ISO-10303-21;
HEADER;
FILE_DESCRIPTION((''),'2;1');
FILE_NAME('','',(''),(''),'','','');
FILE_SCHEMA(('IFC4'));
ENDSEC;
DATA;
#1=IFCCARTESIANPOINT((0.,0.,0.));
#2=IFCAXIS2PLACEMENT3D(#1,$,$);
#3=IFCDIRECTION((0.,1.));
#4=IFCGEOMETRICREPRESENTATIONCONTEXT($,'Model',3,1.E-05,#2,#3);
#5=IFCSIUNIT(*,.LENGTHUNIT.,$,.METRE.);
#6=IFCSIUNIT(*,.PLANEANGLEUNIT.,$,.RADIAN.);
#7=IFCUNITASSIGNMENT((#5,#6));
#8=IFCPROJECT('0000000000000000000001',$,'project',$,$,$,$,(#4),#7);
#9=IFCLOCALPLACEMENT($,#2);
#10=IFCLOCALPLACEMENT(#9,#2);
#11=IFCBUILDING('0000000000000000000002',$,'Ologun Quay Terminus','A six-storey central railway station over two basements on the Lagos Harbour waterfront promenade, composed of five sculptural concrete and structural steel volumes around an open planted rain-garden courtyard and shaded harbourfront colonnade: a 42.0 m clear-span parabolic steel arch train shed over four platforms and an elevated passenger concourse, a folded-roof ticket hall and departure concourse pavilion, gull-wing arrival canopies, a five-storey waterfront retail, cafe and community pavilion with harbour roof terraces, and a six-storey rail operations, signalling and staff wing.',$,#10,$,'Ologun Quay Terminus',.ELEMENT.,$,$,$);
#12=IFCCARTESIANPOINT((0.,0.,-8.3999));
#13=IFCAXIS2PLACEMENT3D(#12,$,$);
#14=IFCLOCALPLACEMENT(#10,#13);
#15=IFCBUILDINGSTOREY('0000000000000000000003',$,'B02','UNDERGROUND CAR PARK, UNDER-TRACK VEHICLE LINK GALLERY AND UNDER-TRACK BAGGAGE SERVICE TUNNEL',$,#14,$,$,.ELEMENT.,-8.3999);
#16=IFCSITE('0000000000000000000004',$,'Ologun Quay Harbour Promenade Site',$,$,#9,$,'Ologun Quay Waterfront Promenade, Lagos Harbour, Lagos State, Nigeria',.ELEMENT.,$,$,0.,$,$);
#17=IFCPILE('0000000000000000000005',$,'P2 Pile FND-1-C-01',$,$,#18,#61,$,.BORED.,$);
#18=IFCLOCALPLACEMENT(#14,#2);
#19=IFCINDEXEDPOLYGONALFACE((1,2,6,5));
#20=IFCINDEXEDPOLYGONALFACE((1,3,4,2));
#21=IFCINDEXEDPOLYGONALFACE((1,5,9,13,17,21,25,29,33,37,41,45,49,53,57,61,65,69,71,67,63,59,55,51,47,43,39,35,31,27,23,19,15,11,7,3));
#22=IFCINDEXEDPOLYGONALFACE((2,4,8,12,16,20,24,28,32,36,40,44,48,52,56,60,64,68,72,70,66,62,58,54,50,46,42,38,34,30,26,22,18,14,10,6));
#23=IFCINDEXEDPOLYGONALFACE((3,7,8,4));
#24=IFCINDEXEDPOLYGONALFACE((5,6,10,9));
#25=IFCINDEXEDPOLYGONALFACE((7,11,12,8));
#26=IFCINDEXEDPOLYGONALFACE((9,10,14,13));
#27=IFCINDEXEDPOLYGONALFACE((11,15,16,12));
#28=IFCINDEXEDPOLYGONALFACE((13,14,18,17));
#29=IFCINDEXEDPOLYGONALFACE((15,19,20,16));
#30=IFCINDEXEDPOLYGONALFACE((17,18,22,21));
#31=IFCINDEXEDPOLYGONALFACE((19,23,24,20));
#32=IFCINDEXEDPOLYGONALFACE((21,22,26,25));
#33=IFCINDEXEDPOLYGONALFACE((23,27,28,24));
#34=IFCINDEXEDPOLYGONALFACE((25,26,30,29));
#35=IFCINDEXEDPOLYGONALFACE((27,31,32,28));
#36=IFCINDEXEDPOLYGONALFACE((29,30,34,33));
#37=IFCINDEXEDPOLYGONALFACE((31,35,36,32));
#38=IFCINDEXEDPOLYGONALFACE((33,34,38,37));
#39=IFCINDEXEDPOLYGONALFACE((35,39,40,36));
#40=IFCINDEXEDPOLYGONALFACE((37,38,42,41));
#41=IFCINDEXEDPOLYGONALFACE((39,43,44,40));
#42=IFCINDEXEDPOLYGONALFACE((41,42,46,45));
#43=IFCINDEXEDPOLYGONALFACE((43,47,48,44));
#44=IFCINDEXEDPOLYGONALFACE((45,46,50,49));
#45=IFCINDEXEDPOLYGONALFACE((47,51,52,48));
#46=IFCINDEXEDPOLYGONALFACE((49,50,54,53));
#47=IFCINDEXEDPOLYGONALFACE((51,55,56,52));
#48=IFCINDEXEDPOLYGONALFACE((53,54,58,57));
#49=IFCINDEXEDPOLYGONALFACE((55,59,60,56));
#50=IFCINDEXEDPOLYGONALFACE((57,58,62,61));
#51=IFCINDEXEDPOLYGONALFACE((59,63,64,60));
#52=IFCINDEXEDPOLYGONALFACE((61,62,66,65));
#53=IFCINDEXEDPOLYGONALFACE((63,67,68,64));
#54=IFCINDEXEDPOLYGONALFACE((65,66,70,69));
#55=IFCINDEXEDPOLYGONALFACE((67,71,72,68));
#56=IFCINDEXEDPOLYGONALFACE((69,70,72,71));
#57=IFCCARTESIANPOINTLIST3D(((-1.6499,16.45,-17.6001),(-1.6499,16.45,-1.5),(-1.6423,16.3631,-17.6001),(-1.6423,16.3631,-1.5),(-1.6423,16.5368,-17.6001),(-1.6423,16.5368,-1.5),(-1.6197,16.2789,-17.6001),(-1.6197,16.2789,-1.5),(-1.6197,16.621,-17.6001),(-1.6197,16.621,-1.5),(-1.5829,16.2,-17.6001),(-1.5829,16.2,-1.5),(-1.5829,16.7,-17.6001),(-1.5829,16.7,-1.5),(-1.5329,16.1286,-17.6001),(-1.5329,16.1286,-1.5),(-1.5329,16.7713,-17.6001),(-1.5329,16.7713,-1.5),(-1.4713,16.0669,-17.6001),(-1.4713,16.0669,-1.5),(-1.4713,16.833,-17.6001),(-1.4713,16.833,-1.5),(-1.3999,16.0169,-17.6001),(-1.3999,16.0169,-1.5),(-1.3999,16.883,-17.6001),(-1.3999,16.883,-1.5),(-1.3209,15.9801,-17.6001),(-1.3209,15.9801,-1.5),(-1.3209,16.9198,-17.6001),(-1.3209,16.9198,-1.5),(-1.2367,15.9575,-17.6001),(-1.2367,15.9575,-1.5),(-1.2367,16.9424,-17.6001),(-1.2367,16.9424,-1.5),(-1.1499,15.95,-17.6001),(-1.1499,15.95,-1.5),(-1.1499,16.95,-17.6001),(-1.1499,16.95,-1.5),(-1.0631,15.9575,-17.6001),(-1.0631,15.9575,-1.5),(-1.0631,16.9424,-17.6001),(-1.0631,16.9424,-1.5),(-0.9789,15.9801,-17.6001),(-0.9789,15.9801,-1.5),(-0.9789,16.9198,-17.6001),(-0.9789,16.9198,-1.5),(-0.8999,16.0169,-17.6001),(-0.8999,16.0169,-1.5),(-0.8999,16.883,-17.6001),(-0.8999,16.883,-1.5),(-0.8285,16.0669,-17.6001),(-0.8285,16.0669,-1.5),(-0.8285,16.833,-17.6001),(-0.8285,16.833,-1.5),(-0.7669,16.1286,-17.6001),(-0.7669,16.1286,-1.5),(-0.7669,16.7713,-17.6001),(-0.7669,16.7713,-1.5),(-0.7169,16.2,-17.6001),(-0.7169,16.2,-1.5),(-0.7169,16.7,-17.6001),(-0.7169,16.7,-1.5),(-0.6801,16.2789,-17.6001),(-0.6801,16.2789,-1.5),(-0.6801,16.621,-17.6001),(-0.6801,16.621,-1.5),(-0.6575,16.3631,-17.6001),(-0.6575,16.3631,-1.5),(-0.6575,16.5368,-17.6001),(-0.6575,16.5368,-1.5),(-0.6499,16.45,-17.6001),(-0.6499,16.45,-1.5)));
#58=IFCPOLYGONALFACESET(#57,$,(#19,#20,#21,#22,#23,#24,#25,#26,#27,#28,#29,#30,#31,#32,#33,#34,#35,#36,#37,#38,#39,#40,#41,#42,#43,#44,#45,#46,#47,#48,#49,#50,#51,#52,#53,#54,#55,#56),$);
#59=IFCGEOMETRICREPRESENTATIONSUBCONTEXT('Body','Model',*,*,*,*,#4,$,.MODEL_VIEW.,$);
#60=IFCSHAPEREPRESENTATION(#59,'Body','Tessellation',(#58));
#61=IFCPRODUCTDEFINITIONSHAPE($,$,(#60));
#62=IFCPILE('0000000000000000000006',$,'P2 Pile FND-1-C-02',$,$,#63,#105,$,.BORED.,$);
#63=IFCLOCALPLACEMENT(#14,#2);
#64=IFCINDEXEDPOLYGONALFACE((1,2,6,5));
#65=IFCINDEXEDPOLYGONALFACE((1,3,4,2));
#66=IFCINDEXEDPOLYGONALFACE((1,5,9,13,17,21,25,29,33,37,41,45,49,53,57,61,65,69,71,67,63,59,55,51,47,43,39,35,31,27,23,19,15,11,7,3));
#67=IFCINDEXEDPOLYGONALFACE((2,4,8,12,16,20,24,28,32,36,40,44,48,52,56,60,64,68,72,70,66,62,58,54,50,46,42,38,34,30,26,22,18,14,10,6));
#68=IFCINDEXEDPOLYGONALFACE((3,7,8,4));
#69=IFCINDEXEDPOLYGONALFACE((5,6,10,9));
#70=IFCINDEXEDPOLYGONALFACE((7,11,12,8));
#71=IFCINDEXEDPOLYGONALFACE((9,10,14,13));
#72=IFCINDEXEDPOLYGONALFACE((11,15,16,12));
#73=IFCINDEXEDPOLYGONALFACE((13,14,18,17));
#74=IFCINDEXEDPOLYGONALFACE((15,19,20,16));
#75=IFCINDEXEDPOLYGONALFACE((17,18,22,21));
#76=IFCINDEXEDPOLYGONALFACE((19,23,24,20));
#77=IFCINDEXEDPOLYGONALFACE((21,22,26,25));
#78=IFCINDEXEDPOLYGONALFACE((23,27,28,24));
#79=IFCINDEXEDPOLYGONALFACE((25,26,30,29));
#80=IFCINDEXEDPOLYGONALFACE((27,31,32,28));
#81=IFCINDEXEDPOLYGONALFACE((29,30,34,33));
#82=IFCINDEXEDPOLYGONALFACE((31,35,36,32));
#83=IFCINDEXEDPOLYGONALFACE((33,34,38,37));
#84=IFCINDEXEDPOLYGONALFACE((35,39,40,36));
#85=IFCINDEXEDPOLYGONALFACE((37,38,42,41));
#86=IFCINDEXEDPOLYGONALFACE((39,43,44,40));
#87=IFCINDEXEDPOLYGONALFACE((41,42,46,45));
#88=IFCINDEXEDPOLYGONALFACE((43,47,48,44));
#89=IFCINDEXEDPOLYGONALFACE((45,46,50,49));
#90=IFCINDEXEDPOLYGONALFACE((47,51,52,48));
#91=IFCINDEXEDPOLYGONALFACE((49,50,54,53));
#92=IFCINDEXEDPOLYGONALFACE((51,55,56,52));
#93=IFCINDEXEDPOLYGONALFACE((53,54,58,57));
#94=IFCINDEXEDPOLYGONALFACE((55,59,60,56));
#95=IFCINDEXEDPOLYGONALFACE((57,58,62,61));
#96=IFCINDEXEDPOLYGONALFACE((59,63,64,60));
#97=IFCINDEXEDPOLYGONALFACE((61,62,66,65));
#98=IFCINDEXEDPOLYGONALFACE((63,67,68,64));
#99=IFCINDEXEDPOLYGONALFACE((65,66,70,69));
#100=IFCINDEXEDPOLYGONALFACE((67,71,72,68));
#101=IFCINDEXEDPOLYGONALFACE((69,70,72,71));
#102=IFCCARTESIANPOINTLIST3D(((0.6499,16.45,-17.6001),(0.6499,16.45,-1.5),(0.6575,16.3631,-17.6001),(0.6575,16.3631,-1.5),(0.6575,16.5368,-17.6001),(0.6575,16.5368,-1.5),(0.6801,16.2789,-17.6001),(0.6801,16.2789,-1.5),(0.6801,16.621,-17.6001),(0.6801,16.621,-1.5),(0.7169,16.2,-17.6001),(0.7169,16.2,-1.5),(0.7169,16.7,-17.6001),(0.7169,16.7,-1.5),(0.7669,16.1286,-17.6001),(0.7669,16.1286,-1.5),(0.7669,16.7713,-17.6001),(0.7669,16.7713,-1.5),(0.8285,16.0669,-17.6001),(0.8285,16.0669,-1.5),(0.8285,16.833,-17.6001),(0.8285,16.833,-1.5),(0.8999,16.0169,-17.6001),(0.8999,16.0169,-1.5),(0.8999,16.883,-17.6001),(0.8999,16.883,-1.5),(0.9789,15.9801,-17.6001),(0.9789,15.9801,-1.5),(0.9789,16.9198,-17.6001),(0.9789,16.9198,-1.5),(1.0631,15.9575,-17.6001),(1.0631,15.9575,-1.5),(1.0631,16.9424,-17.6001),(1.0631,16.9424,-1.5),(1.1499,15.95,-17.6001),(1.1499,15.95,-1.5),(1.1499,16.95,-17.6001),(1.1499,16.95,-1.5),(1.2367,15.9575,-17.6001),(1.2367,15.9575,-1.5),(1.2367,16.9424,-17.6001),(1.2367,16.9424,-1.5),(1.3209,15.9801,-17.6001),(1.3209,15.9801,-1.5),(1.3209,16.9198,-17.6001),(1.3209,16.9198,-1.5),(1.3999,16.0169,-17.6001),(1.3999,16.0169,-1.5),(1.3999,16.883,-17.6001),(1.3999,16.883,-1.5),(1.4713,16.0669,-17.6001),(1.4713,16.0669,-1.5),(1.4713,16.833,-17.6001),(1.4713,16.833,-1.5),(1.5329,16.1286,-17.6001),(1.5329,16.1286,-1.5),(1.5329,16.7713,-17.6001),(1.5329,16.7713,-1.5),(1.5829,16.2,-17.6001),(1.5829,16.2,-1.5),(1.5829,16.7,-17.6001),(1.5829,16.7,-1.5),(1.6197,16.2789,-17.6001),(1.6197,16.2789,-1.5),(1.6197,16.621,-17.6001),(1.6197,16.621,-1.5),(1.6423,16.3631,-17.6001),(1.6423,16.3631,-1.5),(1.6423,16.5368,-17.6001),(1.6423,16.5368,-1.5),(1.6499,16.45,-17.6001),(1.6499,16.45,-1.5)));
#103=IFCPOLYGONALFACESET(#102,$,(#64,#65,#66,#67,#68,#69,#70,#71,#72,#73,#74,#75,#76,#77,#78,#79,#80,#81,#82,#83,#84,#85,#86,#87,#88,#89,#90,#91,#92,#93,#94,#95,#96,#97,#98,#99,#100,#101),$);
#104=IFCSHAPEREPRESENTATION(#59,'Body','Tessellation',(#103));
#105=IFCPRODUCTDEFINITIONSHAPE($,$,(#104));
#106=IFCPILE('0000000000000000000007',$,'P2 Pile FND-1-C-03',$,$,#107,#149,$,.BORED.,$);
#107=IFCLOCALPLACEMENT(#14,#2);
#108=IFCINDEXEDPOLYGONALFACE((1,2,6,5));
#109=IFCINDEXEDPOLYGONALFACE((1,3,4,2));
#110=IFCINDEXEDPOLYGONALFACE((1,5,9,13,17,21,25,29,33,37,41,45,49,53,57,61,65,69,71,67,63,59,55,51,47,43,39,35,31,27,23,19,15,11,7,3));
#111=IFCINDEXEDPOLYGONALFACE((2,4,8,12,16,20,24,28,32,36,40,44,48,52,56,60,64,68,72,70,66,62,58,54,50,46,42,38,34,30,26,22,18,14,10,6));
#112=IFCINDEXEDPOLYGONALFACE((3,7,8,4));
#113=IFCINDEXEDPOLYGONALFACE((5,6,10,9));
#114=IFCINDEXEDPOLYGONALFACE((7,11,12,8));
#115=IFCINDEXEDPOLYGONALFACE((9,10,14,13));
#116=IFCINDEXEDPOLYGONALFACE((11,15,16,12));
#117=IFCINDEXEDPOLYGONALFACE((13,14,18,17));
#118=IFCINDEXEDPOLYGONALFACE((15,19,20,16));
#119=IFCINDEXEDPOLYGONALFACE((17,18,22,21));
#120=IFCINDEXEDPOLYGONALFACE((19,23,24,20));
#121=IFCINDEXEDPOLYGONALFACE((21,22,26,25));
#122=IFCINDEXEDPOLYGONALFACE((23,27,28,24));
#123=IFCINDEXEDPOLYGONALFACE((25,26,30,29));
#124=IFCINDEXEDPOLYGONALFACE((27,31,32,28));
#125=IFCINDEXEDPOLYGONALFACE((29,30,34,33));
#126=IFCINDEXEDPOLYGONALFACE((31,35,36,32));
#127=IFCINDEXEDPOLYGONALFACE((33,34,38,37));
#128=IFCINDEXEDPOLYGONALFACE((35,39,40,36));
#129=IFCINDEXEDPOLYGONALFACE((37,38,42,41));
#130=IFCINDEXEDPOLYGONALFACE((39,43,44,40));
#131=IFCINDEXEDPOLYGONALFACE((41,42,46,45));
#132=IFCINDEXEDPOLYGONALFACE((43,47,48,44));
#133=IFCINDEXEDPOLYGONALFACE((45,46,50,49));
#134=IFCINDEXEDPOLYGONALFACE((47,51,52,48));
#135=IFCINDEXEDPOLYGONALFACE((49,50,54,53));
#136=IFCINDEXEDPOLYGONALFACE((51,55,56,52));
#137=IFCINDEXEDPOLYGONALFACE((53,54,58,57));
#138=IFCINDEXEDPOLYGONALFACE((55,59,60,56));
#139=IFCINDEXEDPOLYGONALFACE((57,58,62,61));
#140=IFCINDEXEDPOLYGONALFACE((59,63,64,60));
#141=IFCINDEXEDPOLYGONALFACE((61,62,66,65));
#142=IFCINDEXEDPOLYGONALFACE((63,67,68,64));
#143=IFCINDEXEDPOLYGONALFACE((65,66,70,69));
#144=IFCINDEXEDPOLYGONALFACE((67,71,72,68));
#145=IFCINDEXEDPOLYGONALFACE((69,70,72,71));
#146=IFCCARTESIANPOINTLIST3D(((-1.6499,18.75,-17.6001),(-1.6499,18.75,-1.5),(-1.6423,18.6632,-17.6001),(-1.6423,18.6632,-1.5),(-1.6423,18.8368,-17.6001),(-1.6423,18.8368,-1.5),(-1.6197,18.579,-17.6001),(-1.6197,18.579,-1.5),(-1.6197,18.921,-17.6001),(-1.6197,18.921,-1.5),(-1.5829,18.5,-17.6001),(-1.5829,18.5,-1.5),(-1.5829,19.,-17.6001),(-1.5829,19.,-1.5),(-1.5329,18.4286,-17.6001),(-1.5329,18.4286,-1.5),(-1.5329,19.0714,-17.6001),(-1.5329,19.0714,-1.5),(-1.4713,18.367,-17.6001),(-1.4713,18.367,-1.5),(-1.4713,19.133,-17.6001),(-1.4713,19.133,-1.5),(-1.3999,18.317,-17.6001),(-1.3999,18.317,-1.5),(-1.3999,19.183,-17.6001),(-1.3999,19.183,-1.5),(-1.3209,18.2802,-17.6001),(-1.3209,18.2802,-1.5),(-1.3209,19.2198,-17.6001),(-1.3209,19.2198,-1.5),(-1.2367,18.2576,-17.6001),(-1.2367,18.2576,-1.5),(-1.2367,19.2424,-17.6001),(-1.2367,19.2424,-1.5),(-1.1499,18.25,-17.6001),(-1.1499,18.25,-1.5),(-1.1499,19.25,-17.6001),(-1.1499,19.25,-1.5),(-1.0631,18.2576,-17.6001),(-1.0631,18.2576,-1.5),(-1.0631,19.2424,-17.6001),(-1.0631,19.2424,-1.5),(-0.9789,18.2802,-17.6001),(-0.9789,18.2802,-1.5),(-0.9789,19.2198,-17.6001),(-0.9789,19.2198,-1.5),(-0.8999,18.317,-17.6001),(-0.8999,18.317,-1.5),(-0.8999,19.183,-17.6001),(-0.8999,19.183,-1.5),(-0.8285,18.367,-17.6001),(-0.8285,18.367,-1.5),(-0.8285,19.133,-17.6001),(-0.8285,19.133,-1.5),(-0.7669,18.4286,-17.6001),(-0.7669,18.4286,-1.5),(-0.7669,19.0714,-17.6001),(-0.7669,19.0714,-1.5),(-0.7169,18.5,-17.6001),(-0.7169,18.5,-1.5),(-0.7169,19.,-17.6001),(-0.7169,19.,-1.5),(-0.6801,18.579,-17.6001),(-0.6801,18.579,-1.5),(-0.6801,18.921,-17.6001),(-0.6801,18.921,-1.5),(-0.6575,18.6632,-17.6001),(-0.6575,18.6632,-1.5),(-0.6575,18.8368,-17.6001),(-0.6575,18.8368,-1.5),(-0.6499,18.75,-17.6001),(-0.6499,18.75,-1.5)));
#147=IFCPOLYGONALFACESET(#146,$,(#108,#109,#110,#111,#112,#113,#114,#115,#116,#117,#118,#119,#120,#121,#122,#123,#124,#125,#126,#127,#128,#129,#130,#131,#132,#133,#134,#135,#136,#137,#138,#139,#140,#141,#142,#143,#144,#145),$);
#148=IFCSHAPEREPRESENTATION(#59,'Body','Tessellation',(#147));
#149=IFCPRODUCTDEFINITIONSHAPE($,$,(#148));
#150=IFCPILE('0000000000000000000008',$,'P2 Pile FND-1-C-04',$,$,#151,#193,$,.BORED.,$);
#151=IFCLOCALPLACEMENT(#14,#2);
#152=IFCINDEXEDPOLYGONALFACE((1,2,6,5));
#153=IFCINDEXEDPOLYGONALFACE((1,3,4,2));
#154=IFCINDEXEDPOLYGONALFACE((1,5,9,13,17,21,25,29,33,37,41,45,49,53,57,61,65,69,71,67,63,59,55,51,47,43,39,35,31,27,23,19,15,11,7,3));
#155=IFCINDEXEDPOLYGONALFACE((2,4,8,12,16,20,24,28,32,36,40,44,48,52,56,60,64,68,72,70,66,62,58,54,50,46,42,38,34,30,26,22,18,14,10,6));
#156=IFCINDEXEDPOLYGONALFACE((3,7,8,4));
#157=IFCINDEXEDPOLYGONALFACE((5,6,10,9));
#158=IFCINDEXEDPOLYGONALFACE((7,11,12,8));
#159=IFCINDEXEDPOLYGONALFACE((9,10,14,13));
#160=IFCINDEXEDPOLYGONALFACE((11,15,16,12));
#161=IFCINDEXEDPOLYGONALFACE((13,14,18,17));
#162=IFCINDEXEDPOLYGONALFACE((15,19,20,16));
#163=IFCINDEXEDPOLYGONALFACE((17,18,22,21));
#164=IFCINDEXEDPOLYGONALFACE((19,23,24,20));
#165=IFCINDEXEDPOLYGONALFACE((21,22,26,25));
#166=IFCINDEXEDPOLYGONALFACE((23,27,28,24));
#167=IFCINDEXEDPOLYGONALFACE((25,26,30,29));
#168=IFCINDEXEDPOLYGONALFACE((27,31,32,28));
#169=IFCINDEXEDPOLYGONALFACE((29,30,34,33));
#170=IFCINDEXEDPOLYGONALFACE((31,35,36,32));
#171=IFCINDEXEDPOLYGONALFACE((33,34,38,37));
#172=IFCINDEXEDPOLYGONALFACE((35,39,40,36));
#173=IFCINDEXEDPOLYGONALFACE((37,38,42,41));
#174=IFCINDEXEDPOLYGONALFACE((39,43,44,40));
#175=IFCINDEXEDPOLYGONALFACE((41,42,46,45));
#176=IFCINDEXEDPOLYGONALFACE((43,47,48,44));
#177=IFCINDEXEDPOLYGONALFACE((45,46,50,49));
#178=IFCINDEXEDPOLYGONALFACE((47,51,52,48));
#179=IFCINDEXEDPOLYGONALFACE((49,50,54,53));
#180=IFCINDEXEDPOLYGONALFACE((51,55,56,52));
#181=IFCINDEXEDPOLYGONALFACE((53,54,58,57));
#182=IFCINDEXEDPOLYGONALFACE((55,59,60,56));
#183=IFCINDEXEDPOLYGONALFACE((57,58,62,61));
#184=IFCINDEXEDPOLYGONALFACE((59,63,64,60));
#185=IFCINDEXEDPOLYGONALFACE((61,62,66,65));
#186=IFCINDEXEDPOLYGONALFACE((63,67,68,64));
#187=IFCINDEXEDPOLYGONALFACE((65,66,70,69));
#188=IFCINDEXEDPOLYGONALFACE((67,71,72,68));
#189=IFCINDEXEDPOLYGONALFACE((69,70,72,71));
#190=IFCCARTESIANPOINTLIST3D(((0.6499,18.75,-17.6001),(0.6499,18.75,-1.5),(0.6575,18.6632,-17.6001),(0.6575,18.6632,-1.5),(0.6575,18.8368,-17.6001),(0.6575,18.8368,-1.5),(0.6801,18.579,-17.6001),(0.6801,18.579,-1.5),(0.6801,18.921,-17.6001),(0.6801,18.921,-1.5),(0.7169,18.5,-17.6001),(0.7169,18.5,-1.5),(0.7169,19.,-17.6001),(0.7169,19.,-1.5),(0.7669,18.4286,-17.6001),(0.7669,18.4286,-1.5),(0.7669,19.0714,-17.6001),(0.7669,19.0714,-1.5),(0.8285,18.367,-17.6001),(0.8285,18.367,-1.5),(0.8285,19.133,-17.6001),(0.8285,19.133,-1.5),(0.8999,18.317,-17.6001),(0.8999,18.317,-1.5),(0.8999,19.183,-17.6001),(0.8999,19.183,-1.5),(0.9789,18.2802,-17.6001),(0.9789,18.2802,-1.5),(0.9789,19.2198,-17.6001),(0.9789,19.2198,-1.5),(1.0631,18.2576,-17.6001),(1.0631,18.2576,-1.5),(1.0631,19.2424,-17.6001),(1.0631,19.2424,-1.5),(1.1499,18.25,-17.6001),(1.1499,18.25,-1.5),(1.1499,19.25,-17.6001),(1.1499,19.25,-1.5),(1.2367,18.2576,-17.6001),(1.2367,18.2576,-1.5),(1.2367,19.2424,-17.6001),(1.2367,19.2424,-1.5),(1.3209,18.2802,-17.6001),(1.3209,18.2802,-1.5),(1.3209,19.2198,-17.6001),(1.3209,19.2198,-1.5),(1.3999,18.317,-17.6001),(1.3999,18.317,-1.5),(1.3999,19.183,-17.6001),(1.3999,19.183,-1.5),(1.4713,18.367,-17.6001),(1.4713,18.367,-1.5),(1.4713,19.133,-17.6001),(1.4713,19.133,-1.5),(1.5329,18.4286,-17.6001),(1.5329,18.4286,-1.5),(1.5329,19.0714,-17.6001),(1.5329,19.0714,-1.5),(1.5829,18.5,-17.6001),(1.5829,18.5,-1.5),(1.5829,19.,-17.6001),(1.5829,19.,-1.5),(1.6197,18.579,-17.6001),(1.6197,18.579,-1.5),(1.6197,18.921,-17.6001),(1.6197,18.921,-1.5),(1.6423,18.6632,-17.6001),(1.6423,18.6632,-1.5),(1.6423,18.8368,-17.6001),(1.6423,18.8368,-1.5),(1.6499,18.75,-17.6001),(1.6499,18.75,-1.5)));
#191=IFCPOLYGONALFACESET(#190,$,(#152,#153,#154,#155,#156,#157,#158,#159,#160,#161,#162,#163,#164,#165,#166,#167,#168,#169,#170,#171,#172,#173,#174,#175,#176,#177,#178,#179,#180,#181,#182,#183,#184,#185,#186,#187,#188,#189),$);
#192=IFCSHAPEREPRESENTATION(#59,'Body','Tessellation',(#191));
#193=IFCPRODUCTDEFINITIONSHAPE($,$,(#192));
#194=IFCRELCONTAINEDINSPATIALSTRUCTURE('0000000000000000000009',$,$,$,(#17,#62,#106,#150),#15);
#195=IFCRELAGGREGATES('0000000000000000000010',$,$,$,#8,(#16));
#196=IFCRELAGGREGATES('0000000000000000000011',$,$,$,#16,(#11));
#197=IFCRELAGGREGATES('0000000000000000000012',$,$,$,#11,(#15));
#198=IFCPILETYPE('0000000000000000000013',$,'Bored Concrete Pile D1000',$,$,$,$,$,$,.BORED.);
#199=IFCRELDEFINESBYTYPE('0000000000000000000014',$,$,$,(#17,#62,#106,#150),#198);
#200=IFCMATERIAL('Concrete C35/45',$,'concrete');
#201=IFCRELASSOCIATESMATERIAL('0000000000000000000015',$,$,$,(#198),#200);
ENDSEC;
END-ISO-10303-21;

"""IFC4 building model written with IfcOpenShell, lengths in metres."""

from ifc_helpers import new_model, si_unit, direction, frame, origin, origin_2d, place, context, subcontext, project, spatial, circle, extrude, material, material_profile, profile_set, type_object, element, save


model = new_model("IFC4")

# Units and contexts
model_context = context("Model", 3, precision=1e-05, world=origin(), true_north=direction((0.0, 1.0)))
body_context = subcontext(model_context, "Body", "Model", "MODEL_VIEW")
ifc_project = project(units=[si_unit("LENGTHUNIT", "METRE"), si_unit("PLANEANGLEUNIT", "RADIAN")], contexts=[model_context])

# Site, building, storey
site_placement = place(None, origin())
site = spatial("IfcSite", under=ifc_project, at=site_placement, Name="Ologun Quay Harbour Promenade Site", LongName="Ologun Quay Waterfront Promenade, Lagos Harbour, Lagos State, Nigeria", CompositionType="ELEMENT", RefElevation=0.0)
building_placement = place(site_placement, origin())
building = spatial("IfcBuilding", under=site, at=building_placement, Name="Ologun Quay Terminus", Description="A six-storey central railway station over two basements on the Lagos Harbour waterfront promenade, composed of five sculptural concrete and structural steel volumes around an open planted rain-garden courtyard and shaded harbourfront colonnade: a 42.0 m clear-span parabolic steel arch train shed over four platforms and an elevated passenger concourse, a folded-roof ticket hall and departure concourse pavilion, gull-wing arrival canopies, a five-storey waterfront retail, cafe and community pavilion with harbour roof terraces, and a six-storey rail operations, signalling and staff wing.", LongName="Ologun Quay Terminus", CompositionType="ELEMENT")
storey_placement = place(building_placement, frame((0.0, 0.0, -8.3999)))
storey = spatial("IfcBuildingStorey", under=building, at=storey_placement, Name="B02", Description="UNDERGROUND CAR PARK, UNDER-TRACK VEHICLE LINK GALLERY AND UNDER-TRACK BAGGAGE SERVICE TUNNEL", CompositionType="ELEMENT", Elevation=-8.3999)

# Piles
ifc_material_1 = material(Name="Concrete C35/45", Category="concrete")
ifc_material_profile_1 = material_profile(ifc_material_1, circle(Radius=0.5, at=origin_2d()), Name="PILE D1000")
ifc_profile_set_1 = profile_set([ifc_material_profile_1], Name="Concrete C35/45")
pile_type_1 = type_object("IfcPileType", Name="Bored Concrete Pile D1000", PredefinedType="BORED", material=ifc_profile_set_1)
for number, where, z_axis, x_axis, name in (
    (1, (-1.1499, 16.45, -1.5), (0.0, 0.0, -1.0), (1.0, 0.0, 0.0), "P2 Pile FND-1-C-01"),
    (2, (1.1499, 16.45, -1.5), (0.0, 0.0, -1.0), (1.0, 0.0, 0.0), "P2 Pile FND-1-C-02"),
    (3, (-1.1499, 18.75, -1.5), (0.0, 0.0, -1.0), (1.0, 0.0, 0.0), "P2 Pile FND-1-C-03"),
    (4, (1.1499, 18.75, -1.5), (0.0, 0.0, -1.0), (1.0, 0.0, 0.0), "P2 Pile FND-1-C-04"),
):
    element("IfcPile", number, at=place(storey_placement, frame(where, z_axis=z_axis, x_axis=x_axis)), inside=storey, type_object=pile_type_1, Name=name, PredefinedType="BORED", context=body_context, shape_type="SweptSolid", body=[
        extrude(circle(Radius=0.5, at=origin_2d()), origin(), (0.0, 0.0, 1.0), 16.1001),
    ])

save(model, "model.ifc")
